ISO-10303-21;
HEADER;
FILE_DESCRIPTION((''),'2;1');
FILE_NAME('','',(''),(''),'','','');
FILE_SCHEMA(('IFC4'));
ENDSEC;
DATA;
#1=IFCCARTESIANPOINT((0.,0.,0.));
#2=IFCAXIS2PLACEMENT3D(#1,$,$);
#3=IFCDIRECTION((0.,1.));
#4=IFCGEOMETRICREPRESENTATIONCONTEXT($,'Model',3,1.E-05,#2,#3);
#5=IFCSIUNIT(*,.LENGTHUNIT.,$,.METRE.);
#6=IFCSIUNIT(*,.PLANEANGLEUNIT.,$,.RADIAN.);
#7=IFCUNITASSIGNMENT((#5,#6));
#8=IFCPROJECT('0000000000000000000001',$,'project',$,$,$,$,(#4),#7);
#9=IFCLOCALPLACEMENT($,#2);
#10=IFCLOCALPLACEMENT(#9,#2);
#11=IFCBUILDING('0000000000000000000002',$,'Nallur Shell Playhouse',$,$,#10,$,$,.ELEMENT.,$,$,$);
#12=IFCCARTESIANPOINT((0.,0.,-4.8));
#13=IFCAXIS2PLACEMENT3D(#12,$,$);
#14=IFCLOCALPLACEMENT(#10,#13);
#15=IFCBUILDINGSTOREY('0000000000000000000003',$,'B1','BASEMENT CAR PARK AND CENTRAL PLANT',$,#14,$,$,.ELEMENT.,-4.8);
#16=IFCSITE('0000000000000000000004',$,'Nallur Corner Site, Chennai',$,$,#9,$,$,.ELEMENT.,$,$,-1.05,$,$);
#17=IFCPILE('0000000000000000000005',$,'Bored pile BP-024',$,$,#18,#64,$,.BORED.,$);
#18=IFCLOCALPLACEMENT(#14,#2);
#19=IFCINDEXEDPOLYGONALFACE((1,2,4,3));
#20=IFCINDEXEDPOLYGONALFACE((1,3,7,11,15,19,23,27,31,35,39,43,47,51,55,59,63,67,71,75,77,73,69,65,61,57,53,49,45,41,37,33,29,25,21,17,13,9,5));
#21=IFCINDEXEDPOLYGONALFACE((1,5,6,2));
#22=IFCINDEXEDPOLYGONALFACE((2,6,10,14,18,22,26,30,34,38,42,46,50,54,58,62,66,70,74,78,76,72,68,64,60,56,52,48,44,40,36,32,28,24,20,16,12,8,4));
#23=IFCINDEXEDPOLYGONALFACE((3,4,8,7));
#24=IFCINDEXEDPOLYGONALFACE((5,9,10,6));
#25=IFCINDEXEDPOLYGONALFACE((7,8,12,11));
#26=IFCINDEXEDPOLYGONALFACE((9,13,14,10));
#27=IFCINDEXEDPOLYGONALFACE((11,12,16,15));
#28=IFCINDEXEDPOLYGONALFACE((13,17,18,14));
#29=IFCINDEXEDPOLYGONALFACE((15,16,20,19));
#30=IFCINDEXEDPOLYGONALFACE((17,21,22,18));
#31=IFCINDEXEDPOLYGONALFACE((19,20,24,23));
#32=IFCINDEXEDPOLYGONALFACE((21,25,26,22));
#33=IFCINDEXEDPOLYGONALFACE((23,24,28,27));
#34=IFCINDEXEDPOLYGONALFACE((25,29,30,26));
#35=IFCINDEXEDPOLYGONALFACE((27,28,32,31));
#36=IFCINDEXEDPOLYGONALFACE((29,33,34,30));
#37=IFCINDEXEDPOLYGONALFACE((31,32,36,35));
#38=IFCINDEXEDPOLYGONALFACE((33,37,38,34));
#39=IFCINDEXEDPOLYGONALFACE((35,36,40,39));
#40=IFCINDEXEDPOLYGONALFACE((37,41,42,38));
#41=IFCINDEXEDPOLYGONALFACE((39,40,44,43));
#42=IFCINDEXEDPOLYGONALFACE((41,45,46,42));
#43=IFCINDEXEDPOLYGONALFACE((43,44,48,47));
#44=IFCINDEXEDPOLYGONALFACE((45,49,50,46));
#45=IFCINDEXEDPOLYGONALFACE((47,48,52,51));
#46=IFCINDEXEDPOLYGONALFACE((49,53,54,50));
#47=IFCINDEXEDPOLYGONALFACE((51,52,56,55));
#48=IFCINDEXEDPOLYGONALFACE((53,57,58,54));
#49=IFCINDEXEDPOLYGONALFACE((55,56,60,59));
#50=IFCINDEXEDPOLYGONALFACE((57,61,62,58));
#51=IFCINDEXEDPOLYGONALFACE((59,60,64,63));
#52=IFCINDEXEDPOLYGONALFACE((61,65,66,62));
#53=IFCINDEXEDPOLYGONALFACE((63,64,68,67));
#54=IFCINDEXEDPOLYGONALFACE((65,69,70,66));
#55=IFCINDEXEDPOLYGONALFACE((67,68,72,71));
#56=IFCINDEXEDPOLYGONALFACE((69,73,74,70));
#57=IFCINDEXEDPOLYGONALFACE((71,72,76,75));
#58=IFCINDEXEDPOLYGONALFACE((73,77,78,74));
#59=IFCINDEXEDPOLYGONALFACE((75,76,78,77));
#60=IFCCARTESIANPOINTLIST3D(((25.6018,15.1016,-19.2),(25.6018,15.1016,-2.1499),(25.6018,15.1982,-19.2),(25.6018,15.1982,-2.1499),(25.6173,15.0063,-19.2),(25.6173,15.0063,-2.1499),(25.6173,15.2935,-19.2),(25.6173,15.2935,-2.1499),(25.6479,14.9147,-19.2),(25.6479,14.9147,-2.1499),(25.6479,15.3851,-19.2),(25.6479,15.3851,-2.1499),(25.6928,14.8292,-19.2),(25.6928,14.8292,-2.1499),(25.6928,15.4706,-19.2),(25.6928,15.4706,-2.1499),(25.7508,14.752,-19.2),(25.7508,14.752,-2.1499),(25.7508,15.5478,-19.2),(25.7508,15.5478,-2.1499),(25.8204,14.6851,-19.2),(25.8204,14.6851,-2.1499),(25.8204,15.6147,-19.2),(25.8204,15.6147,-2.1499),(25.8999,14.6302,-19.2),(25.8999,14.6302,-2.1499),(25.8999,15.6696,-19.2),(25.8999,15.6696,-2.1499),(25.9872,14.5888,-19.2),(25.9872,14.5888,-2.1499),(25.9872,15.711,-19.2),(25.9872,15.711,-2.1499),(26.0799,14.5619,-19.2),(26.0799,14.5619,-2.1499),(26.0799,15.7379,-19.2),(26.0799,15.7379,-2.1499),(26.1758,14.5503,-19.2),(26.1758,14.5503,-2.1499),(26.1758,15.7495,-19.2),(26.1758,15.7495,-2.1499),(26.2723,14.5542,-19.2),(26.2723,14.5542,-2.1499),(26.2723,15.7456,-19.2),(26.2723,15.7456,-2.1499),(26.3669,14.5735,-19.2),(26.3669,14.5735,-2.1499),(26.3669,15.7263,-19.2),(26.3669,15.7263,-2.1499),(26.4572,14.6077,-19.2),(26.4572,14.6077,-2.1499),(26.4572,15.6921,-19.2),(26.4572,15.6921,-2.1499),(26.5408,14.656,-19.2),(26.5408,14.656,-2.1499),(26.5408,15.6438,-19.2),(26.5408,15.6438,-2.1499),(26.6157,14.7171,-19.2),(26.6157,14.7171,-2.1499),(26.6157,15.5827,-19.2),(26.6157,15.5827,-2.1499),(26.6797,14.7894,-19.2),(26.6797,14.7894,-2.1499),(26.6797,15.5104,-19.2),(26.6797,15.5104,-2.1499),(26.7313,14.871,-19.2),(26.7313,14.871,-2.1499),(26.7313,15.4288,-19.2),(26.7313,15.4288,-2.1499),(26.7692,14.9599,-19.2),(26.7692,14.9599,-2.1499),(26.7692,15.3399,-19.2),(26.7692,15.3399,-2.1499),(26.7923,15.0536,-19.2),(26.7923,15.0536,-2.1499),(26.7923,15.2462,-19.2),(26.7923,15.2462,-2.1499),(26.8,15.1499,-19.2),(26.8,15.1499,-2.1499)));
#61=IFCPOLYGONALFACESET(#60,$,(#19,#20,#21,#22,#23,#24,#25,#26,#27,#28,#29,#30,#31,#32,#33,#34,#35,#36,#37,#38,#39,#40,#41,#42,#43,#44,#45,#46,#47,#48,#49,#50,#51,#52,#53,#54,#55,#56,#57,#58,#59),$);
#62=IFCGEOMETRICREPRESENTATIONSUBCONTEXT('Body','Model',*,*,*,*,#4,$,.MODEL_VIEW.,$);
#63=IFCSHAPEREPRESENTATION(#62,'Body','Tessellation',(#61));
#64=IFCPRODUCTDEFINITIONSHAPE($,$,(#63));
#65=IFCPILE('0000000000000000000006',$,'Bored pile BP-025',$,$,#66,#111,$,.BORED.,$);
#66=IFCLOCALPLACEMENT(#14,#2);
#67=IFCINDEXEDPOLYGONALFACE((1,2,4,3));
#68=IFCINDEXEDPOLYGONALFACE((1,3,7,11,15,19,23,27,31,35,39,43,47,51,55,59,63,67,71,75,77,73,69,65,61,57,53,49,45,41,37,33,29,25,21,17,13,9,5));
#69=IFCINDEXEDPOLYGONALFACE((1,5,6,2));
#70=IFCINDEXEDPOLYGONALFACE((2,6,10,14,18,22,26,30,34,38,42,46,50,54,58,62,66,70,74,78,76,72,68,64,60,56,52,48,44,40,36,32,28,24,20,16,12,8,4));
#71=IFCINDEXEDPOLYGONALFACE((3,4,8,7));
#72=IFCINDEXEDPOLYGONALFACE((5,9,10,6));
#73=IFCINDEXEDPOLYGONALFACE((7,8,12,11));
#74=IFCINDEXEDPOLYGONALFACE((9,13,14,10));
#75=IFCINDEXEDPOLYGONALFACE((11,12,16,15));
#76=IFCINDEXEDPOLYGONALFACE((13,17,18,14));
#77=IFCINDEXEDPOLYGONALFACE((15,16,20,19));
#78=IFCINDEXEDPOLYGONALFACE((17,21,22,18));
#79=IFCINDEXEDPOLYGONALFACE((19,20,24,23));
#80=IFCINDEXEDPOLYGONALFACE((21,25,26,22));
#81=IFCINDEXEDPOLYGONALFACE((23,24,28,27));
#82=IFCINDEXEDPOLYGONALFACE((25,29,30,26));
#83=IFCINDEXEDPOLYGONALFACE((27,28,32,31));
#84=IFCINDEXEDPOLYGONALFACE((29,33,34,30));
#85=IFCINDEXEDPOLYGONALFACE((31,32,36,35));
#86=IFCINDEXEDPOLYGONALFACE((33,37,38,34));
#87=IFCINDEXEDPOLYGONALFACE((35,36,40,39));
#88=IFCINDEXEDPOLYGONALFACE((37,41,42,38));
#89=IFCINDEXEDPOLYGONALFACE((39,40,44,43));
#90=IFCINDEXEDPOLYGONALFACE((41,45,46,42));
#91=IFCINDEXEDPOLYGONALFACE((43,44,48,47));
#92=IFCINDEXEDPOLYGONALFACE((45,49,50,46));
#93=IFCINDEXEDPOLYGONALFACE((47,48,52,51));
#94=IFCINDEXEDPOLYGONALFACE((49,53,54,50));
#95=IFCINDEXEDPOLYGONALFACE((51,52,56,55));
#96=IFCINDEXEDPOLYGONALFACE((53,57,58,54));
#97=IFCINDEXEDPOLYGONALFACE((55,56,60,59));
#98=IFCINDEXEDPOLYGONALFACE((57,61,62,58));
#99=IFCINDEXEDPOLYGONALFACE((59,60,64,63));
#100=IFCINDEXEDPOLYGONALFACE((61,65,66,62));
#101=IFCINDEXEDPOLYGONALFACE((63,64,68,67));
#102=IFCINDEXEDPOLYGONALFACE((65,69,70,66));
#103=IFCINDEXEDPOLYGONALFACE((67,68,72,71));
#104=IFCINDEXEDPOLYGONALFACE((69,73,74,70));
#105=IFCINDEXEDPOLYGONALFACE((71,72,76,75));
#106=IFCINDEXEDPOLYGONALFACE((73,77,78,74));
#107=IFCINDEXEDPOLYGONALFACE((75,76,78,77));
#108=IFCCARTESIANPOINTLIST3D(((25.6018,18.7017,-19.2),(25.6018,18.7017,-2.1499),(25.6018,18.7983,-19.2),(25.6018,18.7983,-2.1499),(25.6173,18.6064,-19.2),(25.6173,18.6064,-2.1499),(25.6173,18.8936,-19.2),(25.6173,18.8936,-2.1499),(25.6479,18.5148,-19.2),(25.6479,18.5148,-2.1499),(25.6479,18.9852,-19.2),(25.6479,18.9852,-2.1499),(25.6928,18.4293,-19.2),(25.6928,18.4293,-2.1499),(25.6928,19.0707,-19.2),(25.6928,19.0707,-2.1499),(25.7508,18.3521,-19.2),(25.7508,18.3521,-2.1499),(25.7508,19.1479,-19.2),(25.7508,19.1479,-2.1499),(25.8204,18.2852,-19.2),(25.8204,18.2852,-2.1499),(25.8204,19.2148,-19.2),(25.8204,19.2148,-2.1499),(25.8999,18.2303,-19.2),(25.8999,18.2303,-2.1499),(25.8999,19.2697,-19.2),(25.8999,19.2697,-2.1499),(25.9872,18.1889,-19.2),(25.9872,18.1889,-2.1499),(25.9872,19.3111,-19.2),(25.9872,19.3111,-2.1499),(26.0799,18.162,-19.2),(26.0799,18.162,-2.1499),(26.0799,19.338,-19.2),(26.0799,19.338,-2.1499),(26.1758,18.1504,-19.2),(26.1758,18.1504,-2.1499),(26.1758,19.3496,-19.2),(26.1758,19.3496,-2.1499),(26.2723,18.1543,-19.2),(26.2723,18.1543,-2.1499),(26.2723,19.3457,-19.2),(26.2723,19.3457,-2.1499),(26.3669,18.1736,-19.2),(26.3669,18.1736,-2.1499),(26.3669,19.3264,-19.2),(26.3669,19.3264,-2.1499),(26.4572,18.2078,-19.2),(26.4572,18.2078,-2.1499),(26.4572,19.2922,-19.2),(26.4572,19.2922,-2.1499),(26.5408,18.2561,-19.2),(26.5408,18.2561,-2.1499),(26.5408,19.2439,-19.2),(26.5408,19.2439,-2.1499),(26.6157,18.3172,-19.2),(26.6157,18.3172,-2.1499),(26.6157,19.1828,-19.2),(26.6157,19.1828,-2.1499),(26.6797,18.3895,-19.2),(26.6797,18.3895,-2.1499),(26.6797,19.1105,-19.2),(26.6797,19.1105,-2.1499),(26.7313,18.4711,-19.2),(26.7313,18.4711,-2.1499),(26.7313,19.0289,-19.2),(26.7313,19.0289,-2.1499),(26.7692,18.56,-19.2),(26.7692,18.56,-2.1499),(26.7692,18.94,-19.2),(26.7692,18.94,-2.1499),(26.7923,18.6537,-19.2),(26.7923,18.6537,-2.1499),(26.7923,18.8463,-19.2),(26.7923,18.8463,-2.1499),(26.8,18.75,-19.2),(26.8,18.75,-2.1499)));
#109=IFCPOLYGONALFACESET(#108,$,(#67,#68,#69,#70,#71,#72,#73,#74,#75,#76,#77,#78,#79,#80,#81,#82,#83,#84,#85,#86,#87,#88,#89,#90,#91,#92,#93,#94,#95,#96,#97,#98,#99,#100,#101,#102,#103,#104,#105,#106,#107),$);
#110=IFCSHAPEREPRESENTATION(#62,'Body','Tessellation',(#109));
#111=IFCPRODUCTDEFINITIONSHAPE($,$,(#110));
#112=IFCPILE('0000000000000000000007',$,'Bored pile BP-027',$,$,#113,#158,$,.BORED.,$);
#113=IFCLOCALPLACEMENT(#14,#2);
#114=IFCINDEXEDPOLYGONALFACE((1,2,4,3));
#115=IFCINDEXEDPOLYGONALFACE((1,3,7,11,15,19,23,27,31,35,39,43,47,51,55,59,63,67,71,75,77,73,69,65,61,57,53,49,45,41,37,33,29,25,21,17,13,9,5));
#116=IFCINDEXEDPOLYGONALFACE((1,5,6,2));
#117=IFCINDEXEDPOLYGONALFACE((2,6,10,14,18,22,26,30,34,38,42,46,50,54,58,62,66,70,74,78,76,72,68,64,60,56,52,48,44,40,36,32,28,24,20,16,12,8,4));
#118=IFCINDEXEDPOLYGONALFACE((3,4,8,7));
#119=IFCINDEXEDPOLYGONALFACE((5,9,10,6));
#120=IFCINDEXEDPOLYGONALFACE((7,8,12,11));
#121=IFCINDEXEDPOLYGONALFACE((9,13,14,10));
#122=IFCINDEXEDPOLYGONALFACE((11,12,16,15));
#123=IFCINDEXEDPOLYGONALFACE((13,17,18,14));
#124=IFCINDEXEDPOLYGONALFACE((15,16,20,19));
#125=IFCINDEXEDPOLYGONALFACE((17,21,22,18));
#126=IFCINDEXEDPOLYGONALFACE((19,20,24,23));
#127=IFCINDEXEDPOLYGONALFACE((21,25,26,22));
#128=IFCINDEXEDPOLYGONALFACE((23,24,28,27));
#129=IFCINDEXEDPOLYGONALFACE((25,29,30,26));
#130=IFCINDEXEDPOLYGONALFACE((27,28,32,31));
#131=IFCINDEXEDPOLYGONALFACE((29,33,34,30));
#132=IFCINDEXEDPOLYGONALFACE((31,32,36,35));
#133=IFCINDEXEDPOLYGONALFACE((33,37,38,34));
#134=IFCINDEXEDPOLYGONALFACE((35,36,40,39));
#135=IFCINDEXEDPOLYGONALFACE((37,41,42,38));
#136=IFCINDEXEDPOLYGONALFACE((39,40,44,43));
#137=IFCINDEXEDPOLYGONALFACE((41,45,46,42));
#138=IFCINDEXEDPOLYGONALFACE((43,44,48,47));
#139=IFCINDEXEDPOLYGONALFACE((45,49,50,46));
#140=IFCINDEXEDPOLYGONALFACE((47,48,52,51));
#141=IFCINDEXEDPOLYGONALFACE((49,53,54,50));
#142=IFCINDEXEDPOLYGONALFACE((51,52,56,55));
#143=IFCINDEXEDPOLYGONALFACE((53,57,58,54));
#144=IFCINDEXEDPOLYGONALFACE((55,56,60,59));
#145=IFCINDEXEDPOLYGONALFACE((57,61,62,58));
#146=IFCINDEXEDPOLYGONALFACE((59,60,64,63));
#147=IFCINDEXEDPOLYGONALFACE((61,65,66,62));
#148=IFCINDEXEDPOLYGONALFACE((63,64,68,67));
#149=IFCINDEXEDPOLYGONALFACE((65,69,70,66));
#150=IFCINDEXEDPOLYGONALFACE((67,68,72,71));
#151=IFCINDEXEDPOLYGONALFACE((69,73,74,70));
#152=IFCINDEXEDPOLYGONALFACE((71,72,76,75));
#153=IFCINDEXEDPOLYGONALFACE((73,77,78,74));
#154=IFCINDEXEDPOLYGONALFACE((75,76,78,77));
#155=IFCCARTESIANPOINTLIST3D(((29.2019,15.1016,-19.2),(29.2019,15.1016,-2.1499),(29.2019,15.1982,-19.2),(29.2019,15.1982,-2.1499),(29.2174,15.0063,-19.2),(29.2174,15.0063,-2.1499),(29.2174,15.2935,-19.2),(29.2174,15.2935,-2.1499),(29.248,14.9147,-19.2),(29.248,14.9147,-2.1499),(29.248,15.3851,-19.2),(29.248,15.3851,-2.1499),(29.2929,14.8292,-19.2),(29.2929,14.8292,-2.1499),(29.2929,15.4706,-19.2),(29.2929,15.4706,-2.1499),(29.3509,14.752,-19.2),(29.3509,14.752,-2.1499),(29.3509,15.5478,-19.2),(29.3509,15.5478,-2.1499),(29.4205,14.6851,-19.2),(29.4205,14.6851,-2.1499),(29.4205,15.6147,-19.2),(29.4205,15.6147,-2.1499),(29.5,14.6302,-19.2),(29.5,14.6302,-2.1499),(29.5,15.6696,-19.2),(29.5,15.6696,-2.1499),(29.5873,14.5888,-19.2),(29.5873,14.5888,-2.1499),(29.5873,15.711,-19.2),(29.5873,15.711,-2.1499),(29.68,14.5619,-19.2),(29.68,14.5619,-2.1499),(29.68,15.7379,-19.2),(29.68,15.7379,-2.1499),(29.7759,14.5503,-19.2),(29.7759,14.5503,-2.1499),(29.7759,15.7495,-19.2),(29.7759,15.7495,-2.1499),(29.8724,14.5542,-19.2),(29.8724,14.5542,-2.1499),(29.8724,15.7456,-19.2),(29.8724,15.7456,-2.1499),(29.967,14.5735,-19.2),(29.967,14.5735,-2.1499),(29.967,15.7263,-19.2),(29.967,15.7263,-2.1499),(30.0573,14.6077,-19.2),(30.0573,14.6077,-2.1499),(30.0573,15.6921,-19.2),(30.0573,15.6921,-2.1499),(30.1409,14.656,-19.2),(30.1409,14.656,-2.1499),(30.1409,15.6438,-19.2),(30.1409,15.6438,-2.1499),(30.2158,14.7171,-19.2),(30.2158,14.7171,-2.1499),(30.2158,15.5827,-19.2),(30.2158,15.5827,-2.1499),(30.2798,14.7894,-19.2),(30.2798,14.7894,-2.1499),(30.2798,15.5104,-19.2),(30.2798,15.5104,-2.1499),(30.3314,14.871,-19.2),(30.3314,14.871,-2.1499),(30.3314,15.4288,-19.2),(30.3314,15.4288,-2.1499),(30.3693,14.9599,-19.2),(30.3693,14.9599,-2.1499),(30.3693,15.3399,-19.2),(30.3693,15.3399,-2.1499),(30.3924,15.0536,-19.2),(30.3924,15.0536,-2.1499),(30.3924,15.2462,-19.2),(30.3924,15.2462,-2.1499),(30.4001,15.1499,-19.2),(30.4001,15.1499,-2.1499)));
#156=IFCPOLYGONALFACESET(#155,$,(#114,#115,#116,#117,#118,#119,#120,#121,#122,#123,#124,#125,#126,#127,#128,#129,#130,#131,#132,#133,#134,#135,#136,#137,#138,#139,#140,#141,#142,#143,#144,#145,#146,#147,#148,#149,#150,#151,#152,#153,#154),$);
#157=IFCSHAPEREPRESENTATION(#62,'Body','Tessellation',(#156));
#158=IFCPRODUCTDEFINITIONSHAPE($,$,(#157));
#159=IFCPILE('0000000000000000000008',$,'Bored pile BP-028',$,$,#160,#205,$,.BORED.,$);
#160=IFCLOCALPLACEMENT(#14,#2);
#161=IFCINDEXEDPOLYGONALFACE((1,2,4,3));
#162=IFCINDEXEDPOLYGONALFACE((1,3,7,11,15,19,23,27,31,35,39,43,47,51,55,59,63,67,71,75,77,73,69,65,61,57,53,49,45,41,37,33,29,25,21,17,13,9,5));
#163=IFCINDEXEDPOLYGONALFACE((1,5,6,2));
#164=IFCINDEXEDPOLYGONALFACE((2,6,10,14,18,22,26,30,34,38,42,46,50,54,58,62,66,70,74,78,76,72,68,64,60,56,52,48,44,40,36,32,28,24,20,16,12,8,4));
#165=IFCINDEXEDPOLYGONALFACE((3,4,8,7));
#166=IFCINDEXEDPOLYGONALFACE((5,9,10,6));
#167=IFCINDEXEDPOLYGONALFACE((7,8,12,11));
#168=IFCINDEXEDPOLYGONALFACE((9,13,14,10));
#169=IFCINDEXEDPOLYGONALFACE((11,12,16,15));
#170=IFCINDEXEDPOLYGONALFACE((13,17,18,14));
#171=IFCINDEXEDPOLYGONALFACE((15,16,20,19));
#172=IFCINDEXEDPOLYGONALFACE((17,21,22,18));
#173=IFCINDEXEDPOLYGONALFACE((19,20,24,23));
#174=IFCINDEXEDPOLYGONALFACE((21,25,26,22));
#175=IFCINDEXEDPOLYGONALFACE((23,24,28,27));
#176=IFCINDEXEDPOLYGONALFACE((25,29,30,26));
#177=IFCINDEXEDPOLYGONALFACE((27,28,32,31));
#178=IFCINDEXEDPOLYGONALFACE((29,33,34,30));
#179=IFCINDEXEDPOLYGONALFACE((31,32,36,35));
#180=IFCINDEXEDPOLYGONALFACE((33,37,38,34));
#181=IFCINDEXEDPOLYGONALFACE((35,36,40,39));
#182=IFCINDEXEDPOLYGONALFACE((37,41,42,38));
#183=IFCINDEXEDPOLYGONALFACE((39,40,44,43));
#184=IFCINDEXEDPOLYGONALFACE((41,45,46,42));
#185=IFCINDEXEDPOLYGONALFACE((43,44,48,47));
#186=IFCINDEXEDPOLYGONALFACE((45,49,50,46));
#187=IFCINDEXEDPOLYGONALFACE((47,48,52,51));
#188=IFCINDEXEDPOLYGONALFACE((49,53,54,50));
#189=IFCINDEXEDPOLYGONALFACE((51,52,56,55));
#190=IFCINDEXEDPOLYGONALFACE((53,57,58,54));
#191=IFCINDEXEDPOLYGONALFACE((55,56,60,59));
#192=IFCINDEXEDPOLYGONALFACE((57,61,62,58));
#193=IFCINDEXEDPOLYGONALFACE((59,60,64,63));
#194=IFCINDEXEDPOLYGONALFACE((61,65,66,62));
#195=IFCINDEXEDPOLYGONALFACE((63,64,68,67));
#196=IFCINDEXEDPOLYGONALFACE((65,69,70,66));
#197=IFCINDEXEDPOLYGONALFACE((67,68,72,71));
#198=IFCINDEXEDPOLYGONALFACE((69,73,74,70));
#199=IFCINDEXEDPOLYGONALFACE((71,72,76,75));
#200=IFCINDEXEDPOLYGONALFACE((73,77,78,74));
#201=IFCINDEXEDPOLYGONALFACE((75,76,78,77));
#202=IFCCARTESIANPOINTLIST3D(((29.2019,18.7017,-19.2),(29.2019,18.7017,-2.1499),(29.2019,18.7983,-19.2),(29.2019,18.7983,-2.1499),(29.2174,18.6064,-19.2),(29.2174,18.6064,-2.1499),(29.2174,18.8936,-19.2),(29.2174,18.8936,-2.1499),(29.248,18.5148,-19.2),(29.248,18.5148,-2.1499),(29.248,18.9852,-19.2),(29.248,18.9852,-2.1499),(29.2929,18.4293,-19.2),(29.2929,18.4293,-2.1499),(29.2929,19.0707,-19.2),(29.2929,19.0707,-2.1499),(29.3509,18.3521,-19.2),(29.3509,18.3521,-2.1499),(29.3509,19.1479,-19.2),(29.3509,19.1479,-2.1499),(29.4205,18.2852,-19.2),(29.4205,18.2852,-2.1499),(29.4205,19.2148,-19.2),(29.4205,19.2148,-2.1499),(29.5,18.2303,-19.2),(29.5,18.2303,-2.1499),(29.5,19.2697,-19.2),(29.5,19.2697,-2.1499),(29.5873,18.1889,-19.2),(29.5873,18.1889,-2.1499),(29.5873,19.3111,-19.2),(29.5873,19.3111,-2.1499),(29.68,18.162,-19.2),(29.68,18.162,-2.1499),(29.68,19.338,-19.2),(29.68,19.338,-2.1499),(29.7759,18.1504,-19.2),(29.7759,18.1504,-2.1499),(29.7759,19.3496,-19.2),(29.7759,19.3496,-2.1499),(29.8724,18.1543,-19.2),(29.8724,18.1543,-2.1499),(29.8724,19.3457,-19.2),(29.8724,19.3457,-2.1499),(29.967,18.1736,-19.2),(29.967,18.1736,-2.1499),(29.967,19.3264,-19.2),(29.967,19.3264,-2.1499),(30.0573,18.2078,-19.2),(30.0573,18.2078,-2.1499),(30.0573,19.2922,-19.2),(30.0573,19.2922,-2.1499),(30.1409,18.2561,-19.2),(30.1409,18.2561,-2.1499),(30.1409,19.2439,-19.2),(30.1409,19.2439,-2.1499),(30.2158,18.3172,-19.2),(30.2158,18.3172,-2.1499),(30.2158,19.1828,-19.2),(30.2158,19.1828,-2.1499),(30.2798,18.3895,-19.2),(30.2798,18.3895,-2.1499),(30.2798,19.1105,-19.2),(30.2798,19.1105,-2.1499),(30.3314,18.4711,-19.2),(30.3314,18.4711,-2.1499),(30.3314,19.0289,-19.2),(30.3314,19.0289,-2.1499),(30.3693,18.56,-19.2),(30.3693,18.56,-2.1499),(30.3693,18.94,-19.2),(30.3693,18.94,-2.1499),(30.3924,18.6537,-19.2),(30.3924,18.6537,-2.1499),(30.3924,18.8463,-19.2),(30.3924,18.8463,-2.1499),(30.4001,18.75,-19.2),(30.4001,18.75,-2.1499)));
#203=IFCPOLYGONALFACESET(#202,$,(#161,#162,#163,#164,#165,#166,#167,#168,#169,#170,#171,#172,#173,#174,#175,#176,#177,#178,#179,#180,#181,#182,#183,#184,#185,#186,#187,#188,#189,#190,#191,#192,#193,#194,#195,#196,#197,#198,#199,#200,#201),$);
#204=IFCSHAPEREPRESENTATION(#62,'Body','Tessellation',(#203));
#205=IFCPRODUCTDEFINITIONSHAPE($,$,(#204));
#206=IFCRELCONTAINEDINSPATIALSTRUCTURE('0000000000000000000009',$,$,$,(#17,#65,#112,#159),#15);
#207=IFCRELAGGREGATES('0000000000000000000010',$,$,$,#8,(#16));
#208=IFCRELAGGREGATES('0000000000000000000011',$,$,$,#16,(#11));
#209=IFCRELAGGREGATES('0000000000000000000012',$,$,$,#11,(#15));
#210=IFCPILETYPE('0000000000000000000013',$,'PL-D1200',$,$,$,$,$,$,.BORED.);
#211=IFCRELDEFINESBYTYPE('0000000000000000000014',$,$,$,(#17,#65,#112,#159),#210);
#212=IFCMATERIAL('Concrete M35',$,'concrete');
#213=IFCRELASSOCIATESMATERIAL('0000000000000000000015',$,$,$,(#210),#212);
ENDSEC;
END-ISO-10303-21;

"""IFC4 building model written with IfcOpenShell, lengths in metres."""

from ifc_helpers import new_model, si_unit, direction, frame, origin, origin_2d, place, context, subcontext, project, spatial, circle, extrude, material, material_profile, profile_set, type_object, element, save


model = new_model("IFC4")

# Units and contexts
model_context = context("Model", 3, precision=1e-05, world=origin(), true_north=direction((0.0, 1.0)))
body_context = subcontext(model_context, "Body", "Model", "MODEL_VIEW")
ifc_project = project(units=[si_unit("LENGTHUNIT", "METRE"), si_unit("PLANEANGLEUNIT", "RADIAN")], contexts=[model_context])

# Site, building, storey
site_placement = place(None, origin())
site = spatial("IfcSite", under=ifc_project, at=site_placement, Name="Nallur Corner Site, Chennai", CompositionType="ELEMENT", RefElevation=-1.05)
building_placement = place(site_placement, origin())
building = spatial("IfcBuilding", under=site, at=building_placement, Name="Nallur Shell Playhouse", CompositionType="ELEMENT")
storey_placement = place(building_placement, frame((0.0, 0.0, -4.8)))
storey = spatial("IfcBuildingStorey", under=building, at=storey_placement, Name="B1", Description="BASEMENT CAR PARK AND CENTRAL PLANT", CompositionType="ELEMENT", Elevation=-4.8)

# Shared definitions
ifc_material_1 = material(Name="Concrete M35", Category="concrete")

# Piles
ifc_material_profile_1 = material_profile(ifc_material_1, circle(Radius=0.6001, at=origin_2d()), Name="BORED PILE D1200")
ifc_profile_set_1 = profile_set([ifc_material_profile_1], Name="Concrete M35")
pile_type_1 = type_object("IfcPileType", Name="PL-D1200", PredefinedType="BORED", material=ifc_profile_set_1)
for number, where, z_axis, x_axis, name in (
    (1, (26.2, 15.1499, -2.1499), (0.0, 0.0, -1.0), (1.0, 0.0, 0.0), "Bored pile BP-024"),
    (2, (26.2, 18.75, -2.1499), (0.0, 0.0, -1.0), (1.0, 0.0, 0.0), "Bored pile BP-025"),
    (3, (29.8, 15.1499, -2.1499), (0.0, 0.0, -1.0), (1.0, 0.0, 0.0), "Bored pile BP-027"),
    (4, (29.8, 18.75, -2.1499), (0.0, 0.0, -1.0), (1.0, 0.0, 0.0), "Bored pile BP-028"),
):
    element("IfcPile", number, at=place(storey_placement, frame(where, z_axis=z_axis, x_axis=x_axis)), inside=storey, type_object=pile_type_1, Name=name, PredefinedType="BORED", context=body_context, shape_type="SweptSolid", body=[
        extrude(circle(Radius=0.6001, at=origin_2d()), origin(), (0.0, 0.0, 1.0), 17.05),
    ])

save(model, "model.ifc")
